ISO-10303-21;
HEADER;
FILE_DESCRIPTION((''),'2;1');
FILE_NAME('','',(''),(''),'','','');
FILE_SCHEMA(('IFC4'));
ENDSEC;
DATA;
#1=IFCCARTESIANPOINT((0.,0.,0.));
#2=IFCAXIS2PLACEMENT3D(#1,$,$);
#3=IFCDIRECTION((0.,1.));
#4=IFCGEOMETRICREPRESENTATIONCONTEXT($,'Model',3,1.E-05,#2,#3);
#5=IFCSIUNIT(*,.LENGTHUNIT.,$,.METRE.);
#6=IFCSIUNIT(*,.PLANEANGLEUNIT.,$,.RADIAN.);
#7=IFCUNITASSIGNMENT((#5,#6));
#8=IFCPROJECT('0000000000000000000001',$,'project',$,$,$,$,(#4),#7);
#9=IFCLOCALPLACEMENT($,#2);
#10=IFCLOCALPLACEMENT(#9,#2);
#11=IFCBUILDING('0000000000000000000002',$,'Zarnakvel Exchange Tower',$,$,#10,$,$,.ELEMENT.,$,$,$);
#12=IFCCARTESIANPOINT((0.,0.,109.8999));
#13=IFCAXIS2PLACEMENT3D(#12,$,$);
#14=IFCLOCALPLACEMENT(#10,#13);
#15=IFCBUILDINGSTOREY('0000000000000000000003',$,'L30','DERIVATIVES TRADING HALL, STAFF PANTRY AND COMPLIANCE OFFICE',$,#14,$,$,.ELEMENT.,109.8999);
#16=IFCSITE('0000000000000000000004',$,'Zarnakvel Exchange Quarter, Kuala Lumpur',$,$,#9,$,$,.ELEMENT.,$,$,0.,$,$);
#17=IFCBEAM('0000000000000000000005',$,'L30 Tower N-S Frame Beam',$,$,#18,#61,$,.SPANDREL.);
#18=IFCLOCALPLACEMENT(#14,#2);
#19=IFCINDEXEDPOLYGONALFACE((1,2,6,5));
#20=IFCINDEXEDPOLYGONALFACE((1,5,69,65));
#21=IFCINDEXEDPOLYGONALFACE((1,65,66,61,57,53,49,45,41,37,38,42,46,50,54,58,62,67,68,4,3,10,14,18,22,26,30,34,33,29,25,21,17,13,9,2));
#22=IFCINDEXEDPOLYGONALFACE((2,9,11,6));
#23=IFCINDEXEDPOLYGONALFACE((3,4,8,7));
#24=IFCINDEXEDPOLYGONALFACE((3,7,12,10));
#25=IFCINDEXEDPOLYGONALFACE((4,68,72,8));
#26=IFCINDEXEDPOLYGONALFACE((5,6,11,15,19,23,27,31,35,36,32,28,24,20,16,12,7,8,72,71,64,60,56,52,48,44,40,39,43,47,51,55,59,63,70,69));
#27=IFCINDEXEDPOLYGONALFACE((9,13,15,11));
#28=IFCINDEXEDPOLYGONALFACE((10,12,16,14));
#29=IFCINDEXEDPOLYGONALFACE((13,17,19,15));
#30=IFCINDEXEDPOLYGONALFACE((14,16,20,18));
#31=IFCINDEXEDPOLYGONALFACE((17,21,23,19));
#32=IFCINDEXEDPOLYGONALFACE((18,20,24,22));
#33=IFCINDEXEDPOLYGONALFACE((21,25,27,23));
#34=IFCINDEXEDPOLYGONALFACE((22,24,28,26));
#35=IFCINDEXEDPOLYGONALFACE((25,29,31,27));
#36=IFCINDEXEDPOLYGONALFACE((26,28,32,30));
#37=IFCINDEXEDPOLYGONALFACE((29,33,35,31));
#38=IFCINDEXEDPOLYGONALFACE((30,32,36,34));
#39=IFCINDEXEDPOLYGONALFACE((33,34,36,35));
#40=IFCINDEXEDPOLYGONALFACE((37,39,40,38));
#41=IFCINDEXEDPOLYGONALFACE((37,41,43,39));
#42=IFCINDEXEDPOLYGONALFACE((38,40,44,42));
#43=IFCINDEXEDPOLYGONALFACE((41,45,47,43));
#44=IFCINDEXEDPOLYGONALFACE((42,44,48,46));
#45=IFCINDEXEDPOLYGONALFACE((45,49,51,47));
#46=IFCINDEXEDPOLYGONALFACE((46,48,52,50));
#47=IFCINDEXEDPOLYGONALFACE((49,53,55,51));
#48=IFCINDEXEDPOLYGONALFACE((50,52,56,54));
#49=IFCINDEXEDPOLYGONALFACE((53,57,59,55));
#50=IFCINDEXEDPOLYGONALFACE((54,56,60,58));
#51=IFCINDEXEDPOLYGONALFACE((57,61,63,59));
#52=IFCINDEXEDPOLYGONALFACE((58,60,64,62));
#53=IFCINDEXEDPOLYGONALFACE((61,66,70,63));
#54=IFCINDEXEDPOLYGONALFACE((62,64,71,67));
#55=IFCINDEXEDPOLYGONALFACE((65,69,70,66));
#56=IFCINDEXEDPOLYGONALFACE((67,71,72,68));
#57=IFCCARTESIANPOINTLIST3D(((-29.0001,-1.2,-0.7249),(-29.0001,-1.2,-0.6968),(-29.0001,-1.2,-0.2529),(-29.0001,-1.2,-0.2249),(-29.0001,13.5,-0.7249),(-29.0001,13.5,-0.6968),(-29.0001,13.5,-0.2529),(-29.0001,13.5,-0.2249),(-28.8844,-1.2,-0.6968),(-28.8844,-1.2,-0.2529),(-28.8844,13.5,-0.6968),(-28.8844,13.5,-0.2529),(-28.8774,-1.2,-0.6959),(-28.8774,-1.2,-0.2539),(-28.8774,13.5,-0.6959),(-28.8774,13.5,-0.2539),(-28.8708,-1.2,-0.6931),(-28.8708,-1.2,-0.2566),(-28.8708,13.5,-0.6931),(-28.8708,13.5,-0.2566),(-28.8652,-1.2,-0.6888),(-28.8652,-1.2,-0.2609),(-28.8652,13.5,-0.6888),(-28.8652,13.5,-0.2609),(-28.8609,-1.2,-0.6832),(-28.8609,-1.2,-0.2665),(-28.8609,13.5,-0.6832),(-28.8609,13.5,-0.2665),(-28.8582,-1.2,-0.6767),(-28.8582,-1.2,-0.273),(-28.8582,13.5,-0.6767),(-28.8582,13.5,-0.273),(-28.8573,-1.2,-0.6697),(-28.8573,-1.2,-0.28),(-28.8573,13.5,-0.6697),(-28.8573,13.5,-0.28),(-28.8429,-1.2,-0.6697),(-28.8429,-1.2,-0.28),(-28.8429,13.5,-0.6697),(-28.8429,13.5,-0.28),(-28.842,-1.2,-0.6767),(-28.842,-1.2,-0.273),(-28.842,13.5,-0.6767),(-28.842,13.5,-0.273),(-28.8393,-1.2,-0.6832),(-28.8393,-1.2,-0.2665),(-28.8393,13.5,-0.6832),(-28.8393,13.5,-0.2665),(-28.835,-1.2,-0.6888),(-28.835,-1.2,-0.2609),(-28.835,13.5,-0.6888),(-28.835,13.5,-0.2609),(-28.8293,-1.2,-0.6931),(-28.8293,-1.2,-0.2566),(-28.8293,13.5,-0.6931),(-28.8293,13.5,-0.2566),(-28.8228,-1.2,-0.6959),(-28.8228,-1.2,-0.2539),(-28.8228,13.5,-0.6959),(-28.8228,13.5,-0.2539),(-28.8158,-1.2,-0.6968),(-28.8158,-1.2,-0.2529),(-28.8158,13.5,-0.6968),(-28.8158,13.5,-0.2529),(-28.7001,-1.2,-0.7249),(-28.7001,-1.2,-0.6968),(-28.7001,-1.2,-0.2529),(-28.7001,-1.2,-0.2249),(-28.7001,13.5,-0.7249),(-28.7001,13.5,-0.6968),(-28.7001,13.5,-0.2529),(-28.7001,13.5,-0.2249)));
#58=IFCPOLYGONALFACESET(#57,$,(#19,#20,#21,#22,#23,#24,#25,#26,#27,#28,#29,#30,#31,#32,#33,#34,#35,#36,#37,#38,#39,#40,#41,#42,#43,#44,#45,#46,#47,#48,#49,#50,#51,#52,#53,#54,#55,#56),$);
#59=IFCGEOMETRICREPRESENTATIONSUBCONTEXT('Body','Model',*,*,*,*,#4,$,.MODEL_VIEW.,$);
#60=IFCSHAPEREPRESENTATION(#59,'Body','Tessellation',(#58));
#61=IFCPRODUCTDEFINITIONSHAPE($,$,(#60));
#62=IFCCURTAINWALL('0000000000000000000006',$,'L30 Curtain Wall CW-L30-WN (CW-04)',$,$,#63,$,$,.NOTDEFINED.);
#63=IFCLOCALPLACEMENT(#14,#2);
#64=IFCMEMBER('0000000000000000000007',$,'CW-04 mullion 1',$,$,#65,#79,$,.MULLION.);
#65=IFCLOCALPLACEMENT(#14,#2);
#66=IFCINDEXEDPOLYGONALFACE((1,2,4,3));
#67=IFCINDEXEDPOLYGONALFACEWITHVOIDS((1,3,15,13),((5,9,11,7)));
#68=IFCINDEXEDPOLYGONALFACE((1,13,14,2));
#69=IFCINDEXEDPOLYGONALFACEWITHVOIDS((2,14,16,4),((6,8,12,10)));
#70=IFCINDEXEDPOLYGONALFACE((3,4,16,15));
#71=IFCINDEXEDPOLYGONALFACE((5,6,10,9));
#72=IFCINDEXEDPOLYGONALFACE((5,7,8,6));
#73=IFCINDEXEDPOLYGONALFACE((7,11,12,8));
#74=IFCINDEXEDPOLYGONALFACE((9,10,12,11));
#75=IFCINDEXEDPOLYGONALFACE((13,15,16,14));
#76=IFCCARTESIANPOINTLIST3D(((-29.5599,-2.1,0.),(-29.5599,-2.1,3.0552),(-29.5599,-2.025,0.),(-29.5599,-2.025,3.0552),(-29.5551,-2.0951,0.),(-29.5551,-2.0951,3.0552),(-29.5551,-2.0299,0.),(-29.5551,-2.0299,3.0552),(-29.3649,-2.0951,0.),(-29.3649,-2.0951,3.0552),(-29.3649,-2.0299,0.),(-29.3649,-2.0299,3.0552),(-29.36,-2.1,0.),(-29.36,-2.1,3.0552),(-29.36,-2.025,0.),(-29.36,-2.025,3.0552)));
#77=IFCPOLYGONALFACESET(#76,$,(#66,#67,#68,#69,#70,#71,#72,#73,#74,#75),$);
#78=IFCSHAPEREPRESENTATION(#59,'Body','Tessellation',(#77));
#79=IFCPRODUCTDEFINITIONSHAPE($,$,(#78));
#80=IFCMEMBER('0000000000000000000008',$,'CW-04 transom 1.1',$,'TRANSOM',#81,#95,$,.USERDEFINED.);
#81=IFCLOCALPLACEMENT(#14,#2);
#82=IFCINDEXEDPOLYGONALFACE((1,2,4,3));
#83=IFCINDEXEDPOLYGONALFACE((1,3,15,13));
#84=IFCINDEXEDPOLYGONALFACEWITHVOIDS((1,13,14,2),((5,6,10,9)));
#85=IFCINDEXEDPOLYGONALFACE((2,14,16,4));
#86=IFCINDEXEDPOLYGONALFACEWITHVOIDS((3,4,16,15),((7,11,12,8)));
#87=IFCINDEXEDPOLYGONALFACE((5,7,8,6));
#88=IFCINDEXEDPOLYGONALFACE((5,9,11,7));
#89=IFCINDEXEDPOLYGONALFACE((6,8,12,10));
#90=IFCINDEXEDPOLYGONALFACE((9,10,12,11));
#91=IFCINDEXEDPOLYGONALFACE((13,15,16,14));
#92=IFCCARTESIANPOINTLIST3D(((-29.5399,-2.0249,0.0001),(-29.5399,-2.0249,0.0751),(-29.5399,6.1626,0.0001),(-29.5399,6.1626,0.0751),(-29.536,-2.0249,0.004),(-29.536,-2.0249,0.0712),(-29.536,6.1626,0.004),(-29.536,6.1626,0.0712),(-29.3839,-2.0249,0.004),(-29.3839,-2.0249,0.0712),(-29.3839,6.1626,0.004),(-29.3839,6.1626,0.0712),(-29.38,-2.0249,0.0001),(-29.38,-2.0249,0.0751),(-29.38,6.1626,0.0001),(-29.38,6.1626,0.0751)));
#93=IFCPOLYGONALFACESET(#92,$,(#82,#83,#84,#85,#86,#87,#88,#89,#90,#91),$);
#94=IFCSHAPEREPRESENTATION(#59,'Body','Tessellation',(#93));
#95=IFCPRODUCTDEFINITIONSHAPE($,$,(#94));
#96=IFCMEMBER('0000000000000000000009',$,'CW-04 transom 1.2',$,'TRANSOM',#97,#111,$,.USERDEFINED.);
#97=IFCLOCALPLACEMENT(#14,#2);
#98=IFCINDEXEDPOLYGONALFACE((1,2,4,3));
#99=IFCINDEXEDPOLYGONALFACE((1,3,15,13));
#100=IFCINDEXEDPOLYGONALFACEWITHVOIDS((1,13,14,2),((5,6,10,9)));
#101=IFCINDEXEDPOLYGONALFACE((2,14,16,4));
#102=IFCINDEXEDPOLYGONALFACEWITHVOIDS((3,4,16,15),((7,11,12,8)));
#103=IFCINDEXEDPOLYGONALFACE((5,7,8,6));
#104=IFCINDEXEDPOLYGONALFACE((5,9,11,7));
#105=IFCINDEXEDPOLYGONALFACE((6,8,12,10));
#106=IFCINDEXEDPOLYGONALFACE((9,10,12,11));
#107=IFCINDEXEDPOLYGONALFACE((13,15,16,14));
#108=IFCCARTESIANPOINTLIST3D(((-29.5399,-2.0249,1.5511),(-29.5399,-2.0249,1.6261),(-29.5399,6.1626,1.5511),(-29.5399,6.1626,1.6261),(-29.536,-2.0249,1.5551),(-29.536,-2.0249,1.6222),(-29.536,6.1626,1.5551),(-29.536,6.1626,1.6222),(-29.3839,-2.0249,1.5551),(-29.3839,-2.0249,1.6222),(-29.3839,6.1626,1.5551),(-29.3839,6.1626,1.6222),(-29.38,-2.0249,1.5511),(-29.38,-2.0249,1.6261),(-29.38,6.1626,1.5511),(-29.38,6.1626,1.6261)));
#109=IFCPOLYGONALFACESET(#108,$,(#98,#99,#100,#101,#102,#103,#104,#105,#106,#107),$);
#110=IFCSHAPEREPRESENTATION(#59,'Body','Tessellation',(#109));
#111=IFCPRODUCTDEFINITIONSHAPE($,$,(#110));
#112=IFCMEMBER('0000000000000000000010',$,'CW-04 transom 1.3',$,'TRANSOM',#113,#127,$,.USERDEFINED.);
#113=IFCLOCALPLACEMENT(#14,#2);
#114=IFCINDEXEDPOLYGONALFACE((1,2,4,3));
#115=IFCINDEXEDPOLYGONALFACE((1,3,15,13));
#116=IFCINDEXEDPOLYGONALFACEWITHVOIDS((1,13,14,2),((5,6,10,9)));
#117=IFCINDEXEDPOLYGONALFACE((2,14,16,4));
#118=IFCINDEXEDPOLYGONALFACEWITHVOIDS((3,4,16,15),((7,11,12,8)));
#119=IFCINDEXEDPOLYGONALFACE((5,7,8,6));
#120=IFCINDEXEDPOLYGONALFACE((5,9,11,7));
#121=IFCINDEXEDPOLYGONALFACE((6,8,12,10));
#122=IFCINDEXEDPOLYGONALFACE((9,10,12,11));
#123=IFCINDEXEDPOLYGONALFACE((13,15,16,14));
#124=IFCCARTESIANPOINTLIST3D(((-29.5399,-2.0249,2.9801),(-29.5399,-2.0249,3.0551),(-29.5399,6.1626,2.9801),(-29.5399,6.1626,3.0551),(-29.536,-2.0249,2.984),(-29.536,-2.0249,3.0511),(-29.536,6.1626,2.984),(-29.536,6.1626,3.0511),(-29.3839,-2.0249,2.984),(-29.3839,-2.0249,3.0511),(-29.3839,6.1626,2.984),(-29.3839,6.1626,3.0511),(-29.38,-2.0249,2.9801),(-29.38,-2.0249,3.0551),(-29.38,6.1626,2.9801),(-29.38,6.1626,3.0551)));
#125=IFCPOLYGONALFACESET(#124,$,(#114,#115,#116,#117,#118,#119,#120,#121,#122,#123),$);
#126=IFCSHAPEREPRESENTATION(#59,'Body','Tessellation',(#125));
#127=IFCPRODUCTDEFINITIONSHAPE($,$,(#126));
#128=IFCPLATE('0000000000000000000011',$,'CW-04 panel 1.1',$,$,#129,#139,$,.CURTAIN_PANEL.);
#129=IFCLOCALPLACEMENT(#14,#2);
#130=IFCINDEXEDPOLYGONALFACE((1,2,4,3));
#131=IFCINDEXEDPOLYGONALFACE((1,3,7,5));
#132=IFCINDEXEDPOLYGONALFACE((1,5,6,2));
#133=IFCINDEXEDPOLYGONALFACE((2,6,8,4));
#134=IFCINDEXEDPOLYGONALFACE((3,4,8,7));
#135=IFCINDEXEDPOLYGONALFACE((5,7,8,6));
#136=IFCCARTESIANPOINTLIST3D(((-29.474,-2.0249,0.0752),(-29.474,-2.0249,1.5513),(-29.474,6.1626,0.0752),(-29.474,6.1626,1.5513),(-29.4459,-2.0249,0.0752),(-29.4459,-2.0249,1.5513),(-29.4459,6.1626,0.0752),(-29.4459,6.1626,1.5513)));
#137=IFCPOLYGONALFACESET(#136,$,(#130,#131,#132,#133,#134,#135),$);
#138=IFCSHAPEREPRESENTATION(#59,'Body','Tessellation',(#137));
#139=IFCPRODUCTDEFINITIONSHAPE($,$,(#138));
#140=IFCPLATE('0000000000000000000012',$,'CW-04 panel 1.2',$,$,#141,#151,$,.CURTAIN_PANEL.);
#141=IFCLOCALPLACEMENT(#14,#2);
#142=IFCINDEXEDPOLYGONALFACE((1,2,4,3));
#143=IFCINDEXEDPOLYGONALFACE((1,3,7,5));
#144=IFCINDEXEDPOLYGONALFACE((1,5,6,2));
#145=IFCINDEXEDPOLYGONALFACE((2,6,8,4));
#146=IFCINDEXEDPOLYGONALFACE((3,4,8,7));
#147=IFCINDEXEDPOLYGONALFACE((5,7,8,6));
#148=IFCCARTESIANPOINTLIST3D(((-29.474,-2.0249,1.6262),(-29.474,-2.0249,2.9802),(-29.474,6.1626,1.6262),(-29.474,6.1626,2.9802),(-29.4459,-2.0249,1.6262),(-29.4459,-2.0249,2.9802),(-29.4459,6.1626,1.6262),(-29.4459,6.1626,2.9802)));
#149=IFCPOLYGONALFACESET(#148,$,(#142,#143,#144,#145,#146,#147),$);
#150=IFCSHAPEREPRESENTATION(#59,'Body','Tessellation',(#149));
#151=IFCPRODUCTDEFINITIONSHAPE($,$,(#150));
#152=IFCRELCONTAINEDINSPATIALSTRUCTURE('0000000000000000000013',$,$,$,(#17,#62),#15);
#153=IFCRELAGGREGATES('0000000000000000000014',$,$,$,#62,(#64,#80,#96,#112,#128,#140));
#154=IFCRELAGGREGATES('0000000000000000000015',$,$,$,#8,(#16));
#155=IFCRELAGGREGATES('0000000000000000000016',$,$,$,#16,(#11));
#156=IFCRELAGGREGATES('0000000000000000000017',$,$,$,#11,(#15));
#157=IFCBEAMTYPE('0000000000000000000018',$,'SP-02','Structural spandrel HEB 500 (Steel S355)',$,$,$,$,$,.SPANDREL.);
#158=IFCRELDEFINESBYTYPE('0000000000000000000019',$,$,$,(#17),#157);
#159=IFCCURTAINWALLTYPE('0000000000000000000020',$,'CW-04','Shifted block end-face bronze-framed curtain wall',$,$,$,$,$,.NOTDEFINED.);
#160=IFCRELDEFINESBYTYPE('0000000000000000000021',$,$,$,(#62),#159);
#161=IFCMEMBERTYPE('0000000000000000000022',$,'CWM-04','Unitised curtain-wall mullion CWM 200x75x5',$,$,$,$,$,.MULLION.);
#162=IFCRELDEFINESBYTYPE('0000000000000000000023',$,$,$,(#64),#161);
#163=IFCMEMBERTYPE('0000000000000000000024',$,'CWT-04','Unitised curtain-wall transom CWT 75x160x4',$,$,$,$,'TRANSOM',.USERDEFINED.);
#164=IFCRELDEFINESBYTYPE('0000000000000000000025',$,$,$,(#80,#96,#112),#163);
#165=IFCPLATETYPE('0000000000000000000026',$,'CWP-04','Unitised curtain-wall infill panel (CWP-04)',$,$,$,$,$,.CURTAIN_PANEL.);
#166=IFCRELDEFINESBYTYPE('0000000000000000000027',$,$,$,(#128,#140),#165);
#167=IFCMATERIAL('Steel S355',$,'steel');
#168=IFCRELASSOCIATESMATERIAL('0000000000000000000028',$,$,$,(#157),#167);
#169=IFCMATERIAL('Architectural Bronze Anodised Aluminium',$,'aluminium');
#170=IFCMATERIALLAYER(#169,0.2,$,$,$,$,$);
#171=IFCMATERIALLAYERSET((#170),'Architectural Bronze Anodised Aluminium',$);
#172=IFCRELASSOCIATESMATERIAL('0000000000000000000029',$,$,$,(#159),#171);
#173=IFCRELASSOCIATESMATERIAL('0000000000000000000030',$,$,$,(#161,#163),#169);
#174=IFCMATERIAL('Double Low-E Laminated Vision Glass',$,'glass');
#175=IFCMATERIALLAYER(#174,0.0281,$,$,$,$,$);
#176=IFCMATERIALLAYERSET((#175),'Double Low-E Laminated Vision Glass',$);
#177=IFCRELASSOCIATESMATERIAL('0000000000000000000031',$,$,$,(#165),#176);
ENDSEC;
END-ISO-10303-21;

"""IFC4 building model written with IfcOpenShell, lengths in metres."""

from ifc_helpers import new_model, si_unit, direction, frame, origin, origin_2d, place, context, subcontext, project, spatial, rectangle, hollow_rectangle, i_section, extrude, source, transform, mapped, material, layer, layer_set, material_profile, profile_set, type_object, element, aggregate, save


model = new_model("IFC4")

# Units and contexts
model_context = context("Model", 3, precision=1e-05, world=origin(), true_north=direction((0.0, 1.0)))
body_context = subcontext(model_context, "Body", "Model", "MODEL_VIEW")
ifc_project = project(units=[si_unit("LENGTHUNIT", "METRE"), si_unit("PLANEANGLEUNIT", "RADIAN")], contexts=[model_context])

# Site, building, storey
site_placement = place(None, origin())
site = spatial("IfcSite", under=ifc_project, at=site_placement, Name="Zarnakvel Exchange Quarter, Kuala Lumpur", CompositionType="ELEMENT", RefElevation=0.0)
building_placement = place(site_placement, origin())
building = spatial("IfcBuilding", under=site, at=building_placement, Name="Zarnakvel Exchange Tower", CompositionType="ELEMENT")
storey_placement = place(building_placement, frame((0.0, 0.0, 109.8999)))
storey = spatial("IfcBuildingStorey", under=building, at=storey_placement, Name="L30", Description="DERIVATIVES TRADING HALL, STAFF PANTRY AND COMPLIANCE OFFICE", CompositionType="ELEMENT", Elevation=109.8999)

# Shared definitions
ifc_material_1 = material(Name="Steel S355", Category="steel")

# Beam
ifc_material_profile_1 = material_profile(ifc_material_1, i_section(OverallWidth=0.3, OverallDepth=0.5, WebThickness=0.0144, FlangeThickness=0.0281, FilletRadius=0.0271, at=origin_2d()))
ifc_profile_set_1 = profile_set([ifc_material_profile_1], Name="Steel S355")
beam_type_1 = type_object("IfcBeamType", Name="SP-02", Description="Structural spandrel HEB 500 (Steel S355)", PredefinedType="SPANDREL", material=ifc_profile_set_1)
beam_1_placement = place(storey_placement, frame((-28.8501, -1.2, -0.4749), z_axis=(0.0, 1.0, 0.0), x_axis=(-1.0, 0.0, 0.0)))
element("IfcBeam", 1, at=beam_1_placement, inside=storey, type_object=beam_type_1, Name="L30 Tower N-S Frame Beam", PredefinedType="SPANDREL", context=body_context, shape_type="SweptSolid", body=[
    extrude(i_section(OverallWidth=0.3, OverallDepth=0.5, WebThickness=0.0144, FlangeThickness=0.0281, FilletRadius=0.0271, at=origin_2d()), origin(), (0.0, 0.0, 1.0), 14.7),
])

# Curtain wall, members, plates
ifc_material_2 = material(Name="Architectural Bronze Anodised Aluminium", Category="aluminium")
ifc_layer_1 = layer(ifc_material_2, 0.2)
ifc_layer_set_1 = layer_set([ifc_layer_1], Name="Architectural Bronze Anodised Aluminium")
curtain_wall_type = type_object("IfcCurtainWallType", Name="CW-04", Description="Shifted block end-face bronze-framed curtain wall", PredefinedType="NOTDEFINED", material=ifc_layer_set_1)
curtain_wall_placement = place(storey_placement, origin())
curtain_wall = element("IfcCurtainWall", 2, at=curtain_wall_placement, inside=storey, type_object=curtain_wall_type, Name="L30 Curtain Wall CW-L30-WN (CW-04)", PredefinedType="NOTDEFINED")
ifc_material_profile_2 = material_profile(ifc_material_2, hollow_rectangle(XDim=0.2, YDim=0.075, WallThickness=0.0049, at=origin_2d()))
ifc_profile_set_2 = profile_set([ifc_material_profile_2], Name="Architectural Bronze Anodised Aluminium")
member_type_1 = type_object("IfcMemberType", Name="CWM-04", Description="Unitised curtain-wall mullion CWM 200x75x5", PredefinedType="MULLION", material=ifc_profile_set_2)
shared_shape_1 = source(origin(), body_context, "Body", "SweptSolid", [
    extrude(hollow_rectangle(XDim=0.2, YDim=0.075, WallThickness=0.0049, at=origin_2d()), origin(), (0.0, 0.0, 1.0), 3.0552),
])
member_1_placement = place(storey_placement, frame((-29.46, -2.0625, 0.0), z_axis=(0.0, 0.0, 1.0), x_axis=(-1.0, 0.0, 0.0)))
member_1 = element("IfcMember", 3, at=member_1_placement, type_object=member_type_1, Name="CW-04 mullion 1", PredefinedType="MULLION", context=body_context, shape_type="MappedRepresentation", body=[
    mapped(shared_shape_1, transform((0.0, 0.0, 0.0), x_axis=(1.0, 0.0, 0.0), y_axis=(0.0, 1.0, 0.0), z_axis=(0.0, 0.0, 1.0), scale=1.0)),
])
ifc_material_profile_3 = material_profile(ifc_material_2, hollow_rectangle(XDim=0.1599, YDim=0.075, WallThickness=0.0039, at=origin_2d()))
ifc_profile_set_3 = profile_set([ifc_material_profile_3], Name="Architectural Bronze Anodised Aluminium")
member_type_2 = type_object("IfcMemberType", Name="CWT-04", Description="Unitised curtain-wall transom CWT 75x160x4", ElementType="TRANSOM", PredefinedType="USERDEFINED", material=ifc_profile_set_3)
shared_shape_2 = source(origin(), body_context, "Body", "SweptSolid", [
    extrude(hollow_rectangle(XDim=0.1599, YDim=0.075, WallThickness=0.0039, at=origin_2d()), origin(), (0.0, 0.0, 1.0), 8.1875),
])
member_2_placement = place(storey_placement, frame((-29.46, -2.0249, 0.0376), z_axis=(0.0, 1.0, 0.0), x_axis=(-1.0, 0.0, 0.0)))
member_2 = element("IfcMember", 4, at=member_2_placement, type_object=member_type_2, Name="CW-04 transom 1.1", ObjectType="TRANSOM", PredefinedType="USERDEFINED", context=body_context, shape_type="MappedRepresentation", body=[
    mapped(shared_shape_2, transform((0.0, 0.0, 0.0), x_axis=(1.0, 0.0, 0.0), y_axis=(0.0, 1.0, 0.0), z_axis=(0.0, 0.0, 1.0), scale=1.0)),
])
member_3_placement = place(storey_placement, frame((-29.46, -2.0249, 1.5886), z_axis=(0.0, 1.0, 0.0), x_axis=(-1.0, 0.0, 0.0)))
member_3 = element("IfcMember", 5, at=member_3_placement, type_object=member_type_2, Name="CW-04 transom 1.2", ObjectType="TRANSOM", PredefinedType="USERDEFINED", context=body_context, shape_type="MappedRepresentation", body=[
    mapped(shared_shape_2, transform((0.0, 0.0, 0.0), x_axis=(1.0, 0.0, 0.0), y_axis=(0.0, 1.0, 0.0), z_axis=(0.0, 0.0, 1.0), scale=1.0)),
])
member_4_placement = place(storey_placement, frame((-29.46, -2.0249, 3.0176), z_axis=(0.0, 1.0, 0.0), x_axis=(-1.0, 0.0, 0.0)))
member_4 = element("IfcMember", 6, at=member_4_placement, type_object=member_type_2, Name="CW-04 transom 1.3", ObjectType="TRANSOM", PredefinedType="USERDEFINED", context=body_context, shape_type="MappedRepresentation", body=[
    mapped(shared_shape_2, transform((0.0, 0.0, 0.0), x_axis=(1.0, 0.0, 0.0), y_axis=(0.0, 1.0, 0.0), z_axis=(0.0, 0.0, 1.0), scale=1.0)),
])
ifc_material_3 = material(Name="Double Low-E Laminated Vision Glass", Category="glass")
ifc_layer_2 = layer(ifc_material_3, 0.0281)
ifc_layer_set_2 = layer_set([ifc_layer_2], Name="Double Low-E Laminated Vision Glass")
plate_type = type_object("IfcPlateType", Name="CWP-04", Description="Unitised curtain-wall infill panel (CWP-04)", PredefinedType="CURTAIN_PANEL", material=ifc_layer_set_2)
shared_shape_3 = source(origin(), body_context, "Body", "SweptSolid", [
    extrude(rectangle(XDim=8.1875, YDim=0.0281, at=origin_2d()), origin(), (0.0, 0.0, 1.0), 1.4761),
])
plate_1_placement = place(storey_placement, frame((-29.46, 2.0688, 0.0752), z_axis=(0.0, 0.0, 1.0), x_axis=(0.0, 1.0, 0.0)))
plate_1 = element("IfcPlate", 7, at=plate_1_placement, type_object=plate_type, Name="CW-04 panel 1.1", PredefinedType="CURTAIN_PANEL", context=body_context, shape_type="MappedRepresentation", body=[
    mapped(shared_shape_3, transform((0.0, 0.0, 0.0), x_axis=(1.0, 0.0, 0.0), y_axis=(0.0, 1.0, 0.0), z_axis=(0.0, 0.0, 1.0), scale=1.0)),
])
shared_shape_4 = source(origin(), body_context, "Body", "SweptSolid", [
    extrude(rectangle(XDim=8.1875, YDim=0.0281, at=origin_2d()), origin(), (0.0, 0.0, 1.0), 1.354),
])
plate_2_placement = place(storey_placement, frame((-29.46, 2.0688, 1.6262), z_axis=(0.0, 0.0, 1.0), x_axis=(0.0, 1.0, 0.0)))
plate_2 = element("IfcPlate", 8, at=plate_2_placement, type_object=plate_type, Name="CW-04 panel 1.2", PredefinedType="CURTAIN_PANEL", context=body_context, shape_type="MappedRepresentation", body=[
    mapped(shared_shape_4, transform((0.0, 0.0, 0.0), x_axis=(1.0, 0.0, 0.0), y_axis=(0.0, 1.0, 0.0), z_axis=(0.0, 0.0, 1.0), scale=1.0)),
])
aggregate(curtain_wall, [member_1, member_2, member_3, member_4, plate_1, plate_2])

save(model, "model.ifc")
